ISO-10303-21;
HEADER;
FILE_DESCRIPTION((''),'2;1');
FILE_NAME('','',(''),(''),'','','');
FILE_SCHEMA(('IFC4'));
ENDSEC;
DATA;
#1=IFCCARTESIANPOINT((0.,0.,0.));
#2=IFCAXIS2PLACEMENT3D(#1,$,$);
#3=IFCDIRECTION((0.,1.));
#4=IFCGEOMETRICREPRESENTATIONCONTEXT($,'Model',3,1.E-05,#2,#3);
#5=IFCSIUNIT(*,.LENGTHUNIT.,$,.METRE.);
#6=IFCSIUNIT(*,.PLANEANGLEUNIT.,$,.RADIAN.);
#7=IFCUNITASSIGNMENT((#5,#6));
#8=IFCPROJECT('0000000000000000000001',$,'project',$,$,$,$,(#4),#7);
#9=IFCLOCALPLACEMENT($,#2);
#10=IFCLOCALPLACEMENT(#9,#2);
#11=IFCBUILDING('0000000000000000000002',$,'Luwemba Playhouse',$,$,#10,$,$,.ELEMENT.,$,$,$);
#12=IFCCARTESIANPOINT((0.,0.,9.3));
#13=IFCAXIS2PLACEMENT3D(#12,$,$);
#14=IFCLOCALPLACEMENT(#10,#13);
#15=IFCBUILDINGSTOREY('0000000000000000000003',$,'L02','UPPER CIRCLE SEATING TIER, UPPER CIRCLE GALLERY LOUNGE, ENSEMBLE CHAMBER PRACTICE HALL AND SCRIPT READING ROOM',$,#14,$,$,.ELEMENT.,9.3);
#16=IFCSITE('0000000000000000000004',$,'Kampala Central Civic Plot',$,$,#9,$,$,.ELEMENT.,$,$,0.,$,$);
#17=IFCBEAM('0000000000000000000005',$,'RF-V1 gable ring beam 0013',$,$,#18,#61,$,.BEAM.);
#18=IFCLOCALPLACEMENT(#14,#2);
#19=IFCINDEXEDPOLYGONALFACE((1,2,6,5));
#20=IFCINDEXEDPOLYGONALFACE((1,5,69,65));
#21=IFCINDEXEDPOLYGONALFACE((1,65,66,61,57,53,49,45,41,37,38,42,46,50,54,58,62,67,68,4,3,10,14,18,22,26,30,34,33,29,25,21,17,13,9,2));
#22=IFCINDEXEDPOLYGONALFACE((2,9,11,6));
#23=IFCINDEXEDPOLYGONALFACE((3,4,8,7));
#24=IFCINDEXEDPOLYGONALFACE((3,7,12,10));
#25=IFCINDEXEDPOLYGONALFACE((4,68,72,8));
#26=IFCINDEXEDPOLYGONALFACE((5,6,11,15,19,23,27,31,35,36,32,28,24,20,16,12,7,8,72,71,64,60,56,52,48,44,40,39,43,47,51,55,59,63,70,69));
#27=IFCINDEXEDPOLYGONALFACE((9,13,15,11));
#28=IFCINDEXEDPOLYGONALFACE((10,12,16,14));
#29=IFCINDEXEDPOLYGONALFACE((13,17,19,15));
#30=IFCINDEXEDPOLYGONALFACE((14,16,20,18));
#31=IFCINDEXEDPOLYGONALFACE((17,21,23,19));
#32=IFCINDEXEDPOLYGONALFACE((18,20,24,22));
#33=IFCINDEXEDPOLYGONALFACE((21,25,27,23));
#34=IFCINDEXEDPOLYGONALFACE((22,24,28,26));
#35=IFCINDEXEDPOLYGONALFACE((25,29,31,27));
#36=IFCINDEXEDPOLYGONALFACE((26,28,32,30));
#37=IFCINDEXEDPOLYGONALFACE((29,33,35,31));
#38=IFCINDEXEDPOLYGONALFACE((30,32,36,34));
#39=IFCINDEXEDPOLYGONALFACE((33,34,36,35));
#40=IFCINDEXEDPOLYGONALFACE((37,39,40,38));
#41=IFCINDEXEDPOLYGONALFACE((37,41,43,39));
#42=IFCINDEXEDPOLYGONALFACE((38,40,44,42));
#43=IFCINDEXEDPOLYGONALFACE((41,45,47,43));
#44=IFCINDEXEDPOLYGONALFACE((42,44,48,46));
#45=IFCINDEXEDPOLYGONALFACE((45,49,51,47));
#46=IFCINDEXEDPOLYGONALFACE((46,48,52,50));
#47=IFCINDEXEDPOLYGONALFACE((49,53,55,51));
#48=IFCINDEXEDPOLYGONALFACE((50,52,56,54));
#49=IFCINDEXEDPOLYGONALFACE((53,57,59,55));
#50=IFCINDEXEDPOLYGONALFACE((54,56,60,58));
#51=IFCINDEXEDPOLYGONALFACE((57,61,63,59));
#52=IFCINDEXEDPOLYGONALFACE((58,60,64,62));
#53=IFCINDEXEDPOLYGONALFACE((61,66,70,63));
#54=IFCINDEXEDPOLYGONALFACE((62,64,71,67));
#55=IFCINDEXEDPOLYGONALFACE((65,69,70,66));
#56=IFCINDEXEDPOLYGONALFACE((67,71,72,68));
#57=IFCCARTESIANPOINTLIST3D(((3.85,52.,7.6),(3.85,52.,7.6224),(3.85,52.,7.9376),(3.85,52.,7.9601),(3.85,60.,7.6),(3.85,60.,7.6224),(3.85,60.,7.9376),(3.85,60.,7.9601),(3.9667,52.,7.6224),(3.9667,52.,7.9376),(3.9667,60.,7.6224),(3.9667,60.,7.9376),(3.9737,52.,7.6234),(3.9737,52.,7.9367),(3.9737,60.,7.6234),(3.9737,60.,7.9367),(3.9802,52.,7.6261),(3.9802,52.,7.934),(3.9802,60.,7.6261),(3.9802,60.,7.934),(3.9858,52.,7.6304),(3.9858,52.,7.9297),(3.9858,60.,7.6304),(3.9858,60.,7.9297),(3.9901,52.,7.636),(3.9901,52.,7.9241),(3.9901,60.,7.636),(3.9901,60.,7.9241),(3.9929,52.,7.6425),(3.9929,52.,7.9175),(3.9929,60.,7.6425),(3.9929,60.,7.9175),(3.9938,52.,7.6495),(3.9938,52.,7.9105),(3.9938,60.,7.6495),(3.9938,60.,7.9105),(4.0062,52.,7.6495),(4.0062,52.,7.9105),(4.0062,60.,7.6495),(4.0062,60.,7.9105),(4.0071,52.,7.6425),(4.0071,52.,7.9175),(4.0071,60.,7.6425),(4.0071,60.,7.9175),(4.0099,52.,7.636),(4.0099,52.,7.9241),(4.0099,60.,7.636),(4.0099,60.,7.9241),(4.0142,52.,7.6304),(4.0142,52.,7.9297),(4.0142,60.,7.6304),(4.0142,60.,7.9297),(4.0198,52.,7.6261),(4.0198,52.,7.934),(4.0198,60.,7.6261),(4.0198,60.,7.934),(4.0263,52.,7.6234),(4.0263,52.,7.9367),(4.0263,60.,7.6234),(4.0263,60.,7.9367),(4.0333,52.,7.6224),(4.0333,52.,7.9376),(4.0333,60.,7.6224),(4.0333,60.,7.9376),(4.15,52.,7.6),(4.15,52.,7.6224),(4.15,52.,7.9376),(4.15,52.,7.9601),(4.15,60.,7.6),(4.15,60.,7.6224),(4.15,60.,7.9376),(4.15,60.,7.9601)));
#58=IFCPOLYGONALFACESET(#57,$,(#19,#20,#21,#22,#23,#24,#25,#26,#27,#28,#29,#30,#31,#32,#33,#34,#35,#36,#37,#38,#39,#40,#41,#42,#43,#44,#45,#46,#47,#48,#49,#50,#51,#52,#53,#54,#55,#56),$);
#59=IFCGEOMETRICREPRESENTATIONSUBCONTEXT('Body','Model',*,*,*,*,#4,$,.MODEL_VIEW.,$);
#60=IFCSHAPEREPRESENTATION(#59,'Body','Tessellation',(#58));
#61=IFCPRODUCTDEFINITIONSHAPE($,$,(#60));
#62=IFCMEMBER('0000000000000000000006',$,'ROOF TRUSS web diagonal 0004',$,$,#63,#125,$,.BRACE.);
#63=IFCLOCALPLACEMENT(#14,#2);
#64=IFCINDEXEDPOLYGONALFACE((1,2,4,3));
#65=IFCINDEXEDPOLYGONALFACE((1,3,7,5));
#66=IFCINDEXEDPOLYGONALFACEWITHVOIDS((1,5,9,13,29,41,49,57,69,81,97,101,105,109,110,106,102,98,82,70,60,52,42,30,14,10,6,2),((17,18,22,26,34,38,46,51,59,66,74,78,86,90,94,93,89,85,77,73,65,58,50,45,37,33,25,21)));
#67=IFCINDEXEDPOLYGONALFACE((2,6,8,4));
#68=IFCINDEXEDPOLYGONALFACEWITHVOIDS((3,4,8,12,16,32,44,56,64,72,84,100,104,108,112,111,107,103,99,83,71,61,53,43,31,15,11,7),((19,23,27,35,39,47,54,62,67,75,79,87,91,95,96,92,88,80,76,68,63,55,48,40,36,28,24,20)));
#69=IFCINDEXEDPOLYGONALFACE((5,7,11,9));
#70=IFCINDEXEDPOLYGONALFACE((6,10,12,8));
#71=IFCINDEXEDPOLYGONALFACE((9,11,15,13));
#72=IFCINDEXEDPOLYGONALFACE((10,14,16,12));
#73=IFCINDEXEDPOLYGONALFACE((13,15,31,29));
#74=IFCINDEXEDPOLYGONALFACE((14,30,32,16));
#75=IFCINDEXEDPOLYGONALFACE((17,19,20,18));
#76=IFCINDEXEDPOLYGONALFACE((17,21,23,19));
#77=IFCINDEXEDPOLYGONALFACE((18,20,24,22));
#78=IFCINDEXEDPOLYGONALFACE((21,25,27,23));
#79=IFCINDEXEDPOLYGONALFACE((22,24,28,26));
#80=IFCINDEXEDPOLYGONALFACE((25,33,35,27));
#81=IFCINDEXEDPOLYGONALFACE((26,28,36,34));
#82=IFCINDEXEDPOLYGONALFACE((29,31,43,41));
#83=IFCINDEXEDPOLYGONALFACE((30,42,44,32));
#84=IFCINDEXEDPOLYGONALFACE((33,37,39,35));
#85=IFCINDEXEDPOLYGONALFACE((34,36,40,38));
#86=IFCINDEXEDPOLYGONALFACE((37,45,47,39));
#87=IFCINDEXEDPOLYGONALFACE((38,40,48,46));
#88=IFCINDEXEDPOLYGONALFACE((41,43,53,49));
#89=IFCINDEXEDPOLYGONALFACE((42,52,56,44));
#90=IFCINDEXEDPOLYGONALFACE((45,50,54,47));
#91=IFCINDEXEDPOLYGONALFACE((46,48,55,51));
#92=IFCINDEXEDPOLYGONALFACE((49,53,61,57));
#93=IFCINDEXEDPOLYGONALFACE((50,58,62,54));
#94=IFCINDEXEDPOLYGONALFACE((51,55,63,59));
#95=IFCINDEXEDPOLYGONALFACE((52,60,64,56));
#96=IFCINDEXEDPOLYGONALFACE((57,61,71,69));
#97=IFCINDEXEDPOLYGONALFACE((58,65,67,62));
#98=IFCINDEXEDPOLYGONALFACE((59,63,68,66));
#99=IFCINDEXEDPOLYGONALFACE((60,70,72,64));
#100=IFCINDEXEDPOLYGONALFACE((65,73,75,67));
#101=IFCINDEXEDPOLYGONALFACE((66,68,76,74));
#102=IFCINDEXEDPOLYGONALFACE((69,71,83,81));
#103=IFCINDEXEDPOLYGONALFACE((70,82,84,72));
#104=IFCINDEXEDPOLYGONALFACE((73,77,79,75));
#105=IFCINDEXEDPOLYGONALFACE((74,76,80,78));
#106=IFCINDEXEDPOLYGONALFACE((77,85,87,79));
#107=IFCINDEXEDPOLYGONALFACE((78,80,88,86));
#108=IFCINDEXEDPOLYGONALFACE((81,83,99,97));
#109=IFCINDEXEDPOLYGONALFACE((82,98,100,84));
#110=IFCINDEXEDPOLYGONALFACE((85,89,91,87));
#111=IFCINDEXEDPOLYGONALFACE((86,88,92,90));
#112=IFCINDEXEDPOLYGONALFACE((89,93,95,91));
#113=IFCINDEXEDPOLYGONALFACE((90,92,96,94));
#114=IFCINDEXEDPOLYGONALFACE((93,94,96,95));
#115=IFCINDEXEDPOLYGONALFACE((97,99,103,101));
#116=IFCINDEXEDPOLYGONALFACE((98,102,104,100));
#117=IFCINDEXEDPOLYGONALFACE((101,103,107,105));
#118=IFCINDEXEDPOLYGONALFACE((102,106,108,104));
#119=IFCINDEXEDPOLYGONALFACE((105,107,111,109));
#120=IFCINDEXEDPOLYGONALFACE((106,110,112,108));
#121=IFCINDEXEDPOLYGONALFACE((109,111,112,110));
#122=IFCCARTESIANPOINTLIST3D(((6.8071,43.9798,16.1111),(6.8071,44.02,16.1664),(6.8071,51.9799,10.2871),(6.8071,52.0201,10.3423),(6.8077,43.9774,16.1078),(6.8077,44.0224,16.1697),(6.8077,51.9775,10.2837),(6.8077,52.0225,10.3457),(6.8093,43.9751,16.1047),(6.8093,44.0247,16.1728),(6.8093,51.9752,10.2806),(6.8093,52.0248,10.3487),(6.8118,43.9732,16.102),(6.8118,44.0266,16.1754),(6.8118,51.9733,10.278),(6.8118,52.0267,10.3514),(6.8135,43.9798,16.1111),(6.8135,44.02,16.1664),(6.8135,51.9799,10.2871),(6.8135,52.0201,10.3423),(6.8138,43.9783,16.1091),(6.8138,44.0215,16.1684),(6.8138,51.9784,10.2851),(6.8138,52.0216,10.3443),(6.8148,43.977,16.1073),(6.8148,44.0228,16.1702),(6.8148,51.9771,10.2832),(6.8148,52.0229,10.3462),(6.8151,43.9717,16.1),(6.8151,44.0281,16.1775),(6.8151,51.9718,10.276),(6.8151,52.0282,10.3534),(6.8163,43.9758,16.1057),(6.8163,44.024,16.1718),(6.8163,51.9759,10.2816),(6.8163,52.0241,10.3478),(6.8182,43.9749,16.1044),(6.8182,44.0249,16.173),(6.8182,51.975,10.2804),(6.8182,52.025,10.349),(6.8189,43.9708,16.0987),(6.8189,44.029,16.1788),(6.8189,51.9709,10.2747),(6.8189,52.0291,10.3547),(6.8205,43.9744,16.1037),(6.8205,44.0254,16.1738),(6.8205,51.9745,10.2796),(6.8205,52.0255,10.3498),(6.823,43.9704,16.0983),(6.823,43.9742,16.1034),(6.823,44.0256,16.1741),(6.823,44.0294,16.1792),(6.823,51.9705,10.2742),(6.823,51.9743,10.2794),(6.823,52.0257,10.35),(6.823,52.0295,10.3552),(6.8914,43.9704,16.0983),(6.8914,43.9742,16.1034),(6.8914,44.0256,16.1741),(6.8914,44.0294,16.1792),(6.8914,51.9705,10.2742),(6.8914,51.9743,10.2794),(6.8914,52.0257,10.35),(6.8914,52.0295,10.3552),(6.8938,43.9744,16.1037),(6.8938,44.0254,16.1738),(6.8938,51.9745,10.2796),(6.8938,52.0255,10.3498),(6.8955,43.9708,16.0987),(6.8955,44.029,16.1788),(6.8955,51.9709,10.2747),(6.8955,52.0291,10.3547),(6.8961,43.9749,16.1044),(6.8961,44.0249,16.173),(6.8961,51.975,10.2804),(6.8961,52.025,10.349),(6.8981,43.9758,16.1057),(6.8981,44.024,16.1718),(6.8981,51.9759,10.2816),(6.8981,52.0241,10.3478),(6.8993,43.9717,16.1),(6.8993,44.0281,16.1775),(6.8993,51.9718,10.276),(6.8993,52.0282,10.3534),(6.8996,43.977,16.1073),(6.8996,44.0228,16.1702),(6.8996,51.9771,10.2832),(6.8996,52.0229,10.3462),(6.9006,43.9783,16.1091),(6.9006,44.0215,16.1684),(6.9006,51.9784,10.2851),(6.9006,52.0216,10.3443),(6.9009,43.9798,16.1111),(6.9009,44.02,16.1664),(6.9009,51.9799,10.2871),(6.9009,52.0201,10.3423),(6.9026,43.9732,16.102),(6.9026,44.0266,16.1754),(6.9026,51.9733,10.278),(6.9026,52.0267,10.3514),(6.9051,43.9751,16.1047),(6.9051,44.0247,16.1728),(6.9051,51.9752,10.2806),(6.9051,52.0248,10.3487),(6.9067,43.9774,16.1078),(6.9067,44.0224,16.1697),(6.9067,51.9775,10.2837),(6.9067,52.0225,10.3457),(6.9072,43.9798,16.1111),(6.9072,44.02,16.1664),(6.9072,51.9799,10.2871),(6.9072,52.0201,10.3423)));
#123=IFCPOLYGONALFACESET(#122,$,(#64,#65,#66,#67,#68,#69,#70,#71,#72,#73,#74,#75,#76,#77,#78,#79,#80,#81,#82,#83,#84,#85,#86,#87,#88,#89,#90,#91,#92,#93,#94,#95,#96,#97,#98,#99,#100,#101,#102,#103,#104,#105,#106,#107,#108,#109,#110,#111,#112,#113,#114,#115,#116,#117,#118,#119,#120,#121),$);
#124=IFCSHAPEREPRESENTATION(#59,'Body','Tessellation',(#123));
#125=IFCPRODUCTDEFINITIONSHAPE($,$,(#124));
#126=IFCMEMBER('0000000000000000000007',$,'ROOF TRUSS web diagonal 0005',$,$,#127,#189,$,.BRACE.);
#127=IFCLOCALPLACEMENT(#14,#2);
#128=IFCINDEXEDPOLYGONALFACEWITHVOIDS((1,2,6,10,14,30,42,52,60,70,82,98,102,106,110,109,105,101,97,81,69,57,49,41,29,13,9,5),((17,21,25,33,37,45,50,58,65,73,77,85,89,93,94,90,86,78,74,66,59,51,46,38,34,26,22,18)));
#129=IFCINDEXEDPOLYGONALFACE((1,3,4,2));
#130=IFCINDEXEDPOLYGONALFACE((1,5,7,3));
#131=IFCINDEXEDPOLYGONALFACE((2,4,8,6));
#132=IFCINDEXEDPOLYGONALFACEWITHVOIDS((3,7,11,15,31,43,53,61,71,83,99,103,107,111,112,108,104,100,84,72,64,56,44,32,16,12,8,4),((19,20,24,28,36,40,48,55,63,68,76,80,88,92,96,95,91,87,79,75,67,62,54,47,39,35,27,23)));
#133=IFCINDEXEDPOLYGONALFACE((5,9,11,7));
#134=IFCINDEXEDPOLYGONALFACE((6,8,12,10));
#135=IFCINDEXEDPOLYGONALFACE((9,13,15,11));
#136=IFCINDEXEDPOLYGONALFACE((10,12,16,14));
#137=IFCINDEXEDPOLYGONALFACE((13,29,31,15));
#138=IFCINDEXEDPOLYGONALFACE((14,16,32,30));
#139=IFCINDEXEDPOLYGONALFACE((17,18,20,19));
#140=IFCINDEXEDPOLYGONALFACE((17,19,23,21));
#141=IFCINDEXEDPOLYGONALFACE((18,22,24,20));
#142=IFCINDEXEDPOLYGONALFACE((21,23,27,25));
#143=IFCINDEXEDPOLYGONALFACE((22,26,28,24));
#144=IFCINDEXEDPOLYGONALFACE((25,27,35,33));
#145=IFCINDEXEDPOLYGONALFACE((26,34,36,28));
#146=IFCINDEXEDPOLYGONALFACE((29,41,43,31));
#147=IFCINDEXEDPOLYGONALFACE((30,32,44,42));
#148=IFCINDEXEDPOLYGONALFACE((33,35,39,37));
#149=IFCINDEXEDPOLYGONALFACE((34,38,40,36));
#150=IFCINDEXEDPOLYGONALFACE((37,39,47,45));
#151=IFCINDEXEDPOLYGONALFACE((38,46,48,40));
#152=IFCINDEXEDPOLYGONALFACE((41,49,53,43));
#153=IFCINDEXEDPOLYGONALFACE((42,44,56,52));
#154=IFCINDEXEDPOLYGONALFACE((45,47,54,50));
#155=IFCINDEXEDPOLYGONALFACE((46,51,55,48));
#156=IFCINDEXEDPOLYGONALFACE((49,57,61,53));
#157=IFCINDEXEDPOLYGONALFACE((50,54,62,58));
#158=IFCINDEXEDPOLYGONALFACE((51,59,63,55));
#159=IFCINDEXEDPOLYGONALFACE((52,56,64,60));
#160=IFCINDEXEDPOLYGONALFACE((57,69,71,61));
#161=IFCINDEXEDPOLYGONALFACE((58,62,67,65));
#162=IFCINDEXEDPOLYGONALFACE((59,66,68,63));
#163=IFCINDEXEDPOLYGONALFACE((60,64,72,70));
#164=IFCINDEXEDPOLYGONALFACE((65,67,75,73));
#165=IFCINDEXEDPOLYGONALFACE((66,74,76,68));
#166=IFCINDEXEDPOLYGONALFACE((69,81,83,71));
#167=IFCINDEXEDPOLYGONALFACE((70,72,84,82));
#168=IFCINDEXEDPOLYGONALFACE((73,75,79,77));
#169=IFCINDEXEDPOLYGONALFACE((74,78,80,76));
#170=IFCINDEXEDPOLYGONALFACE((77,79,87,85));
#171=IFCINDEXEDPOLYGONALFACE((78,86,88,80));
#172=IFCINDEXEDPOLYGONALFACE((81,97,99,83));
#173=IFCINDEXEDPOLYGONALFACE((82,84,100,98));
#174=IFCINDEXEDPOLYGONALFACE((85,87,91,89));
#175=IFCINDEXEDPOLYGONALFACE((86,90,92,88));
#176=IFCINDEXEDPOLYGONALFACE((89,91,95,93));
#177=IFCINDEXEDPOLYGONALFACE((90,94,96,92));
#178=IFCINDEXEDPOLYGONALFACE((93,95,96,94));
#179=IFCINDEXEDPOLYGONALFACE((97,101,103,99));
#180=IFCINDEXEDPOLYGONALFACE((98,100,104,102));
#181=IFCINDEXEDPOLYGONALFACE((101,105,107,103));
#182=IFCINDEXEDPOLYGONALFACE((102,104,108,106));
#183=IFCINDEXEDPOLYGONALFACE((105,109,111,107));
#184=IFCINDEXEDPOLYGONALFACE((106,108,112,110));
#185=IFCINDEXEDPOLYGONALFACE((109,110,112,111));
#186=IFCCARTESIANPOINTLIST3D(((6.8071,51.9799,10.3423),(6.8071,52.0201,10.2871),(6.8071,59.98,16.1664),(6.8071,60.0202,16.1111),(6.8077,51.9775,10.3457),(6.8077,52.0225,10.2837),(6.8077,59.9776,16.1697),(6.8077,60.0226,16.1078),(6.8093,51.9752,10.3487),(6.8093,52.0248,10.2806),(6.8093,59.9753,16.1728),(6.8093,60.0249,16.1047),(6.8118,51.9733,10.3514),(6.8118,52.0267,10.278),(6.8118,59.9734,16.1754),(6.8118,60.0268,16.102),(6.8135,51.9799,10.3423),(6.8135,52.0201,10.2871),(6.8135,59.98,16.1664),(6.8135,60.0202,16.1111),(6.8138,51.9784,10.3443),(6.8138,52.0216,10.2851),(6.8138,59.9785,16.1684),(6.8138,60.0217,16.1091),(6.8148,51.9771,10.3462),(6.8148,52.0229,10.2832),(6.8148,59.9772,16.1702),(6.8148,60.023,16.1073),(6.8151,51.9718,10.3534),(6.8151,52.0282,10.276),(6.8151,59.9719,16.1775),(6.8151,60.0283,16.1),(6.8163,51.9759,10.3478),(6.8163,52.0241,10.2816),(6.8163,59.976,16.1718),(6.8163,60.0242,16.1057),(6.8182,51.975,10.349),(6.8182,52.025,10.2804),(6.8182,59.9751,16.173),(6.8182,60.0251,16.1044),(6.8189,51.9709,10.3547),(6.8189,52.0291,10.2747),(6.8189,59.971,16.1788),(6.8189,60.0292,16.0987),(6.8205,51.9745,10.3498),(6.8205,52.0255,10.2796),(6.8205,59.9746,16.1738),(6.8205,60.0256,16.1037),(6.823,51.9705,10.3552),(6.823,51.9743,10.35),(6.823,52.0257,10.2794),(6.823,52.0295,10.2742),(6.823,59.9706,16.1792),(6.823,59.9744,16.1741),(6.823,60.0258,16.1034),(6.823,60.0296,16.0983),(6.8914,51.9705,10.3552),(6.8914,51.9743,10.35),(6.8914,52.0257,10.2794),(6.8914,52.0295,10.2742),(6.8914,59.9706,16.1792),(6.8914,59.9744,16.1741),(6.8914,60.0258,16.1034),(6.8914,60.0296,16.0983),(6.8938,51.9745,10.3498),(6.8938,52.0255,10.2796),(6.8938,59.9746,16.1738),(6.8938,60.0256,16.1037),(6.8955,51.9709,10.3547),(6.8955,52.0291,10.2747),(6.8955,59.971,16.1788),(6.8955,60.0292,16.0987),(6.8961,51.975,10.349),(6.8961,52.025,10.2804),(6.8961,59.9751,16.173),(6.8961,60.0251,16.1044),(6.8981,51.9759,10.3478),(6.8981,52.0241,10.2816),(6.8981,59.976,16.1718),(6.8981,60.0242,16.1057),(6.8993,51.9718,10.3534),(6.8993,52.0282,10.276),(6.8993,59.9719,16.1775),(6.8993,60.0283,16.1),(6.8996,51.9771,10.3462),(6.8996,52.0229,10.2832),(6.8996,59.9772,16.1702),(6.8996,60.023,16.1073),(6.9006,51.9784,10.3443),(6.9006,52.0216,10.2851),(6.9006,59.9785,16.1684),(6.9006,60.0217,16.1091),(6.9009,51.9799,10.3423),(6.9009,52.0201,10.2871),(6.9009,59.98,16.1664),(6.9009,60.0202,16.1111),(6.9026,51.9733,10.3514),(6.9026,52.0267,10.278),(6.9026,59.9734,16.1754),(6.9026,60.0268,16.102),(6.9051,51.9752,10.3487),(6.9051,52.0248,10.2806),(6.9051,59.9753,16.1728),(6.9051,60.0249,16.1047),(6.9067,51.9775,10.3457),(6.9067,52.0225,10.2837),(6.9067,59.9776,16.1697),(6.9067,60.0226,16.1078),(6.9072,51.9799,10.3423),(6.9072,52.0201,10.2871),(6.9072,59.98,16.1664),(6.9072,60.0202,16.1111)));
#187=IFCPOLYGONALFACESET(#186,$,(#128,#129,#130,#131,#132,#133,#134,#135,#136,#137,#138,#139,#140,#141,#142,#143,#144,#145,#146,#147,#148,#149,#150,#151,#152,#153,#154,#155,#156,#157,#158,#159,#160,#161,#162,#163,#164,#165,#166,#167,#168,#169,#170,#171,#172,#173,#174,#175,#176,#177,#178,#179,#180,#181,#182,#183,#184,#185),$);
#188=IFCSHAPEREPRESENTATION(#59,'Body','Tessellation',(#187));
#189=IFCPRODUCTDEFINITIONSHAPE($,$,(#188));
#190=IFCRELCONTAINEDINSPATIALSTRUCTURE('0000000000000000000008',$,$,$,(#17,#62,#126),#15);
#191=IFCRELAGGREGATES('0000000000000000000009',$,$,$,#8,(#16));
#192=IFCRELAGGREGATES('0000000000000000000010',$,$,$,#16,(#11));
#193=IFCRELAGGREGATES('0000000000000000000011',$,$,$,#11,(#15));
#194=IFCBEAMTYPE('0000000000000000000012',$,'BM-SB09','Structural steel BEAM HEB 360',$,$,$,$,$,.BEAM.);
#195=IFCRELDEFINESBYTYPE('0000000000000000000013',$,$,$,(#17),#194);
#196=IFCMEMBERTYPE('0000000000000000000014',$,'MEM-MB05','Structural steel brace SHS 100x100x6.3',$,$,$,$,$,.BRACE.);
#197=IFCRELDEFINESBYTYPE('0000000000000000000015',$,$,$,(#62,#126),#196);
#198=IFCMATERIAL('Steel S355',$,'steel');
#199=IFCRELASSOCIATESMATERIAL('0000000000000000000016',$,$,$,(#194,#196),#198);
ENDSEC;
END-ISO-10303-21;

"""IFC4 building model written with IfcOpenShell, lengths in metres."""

from ifc_helpers import new_model, si_unit, direction, frame, origin, origin_2d, place, context, subcontext, project, spatial, hollow_rectangle, i_section, extrude, material, material_profile, profile_set, type_object, element, save


model = new_model("IFC4")

# Units and contexts
model_context = context("Model", 3, precision=1e-05, world=origin(), true_north=direction((0.0, 1.0)))
body_context = subcontext(model_context, "Body", "Model", "MODEL_VIEW")
ifc_project = project(units=[si_unit("LENGTHUNIT", "METRE"), si_unit("PLANEANGLEUNIT", "RADIAN")], contexts=[model_context])

# Site, building, storey
site_placement = place(None, origin())
site = spatial("IfcSite", under=ifc_project, at=site_placement, Name="Kampala Central Civic Plot", CompositionType="ELEMENT", RefElevation=0.0)
building_placement = place(site_placement, origin())
building = spatial("IfcBuilding", under=site, at=building_placement, Name="Luwemba Playhouse", CompositionType="ELEMENT")
storey_placement = place(building_placement, frame((0.0, 0.0, 9.3)))
storey = spatial("IfcBuildingStorey", under=building, at=storey_placement, Name="L02", Description="UPPER CIRCLE SEATING TIER, UPPER CIRCLE GALLERY LOUNGE, ENSEMBLE CHAMBER PRACTICE HALL AND SCRIPT READING ROOM", CompositionType="ELEMENT", Elevation=9.3)

# Shared definitions
ifc_material_1 = material(Name="Steel S355", Category="steel")

# Beam
ifc_material_profile_1 = material_profile(ifc_material_1, i_section(OverallWidth=0.3, OverallDepth=0.3601, WebThickness=0.0125, FlangeThickness=0.0225, FilletRadius=0.0271, at=origin_2d()))
ifc_profile_set_1 = profile_set([ifc_material_profile_1], Name="Steel S355")
beam_type_1 = type_object("IfcBeamType", Name="BM-SB09", Description="Structural steel BEAM HEB 360", PredefinedType="BEAM", material=ifc_profile_set_1)
for number, where, z_axis, x_axis, name in (
    (1, (4.0, 52.0, 7.78), (0.0, 1.0, 0.0), (-1.0, 0.0, 0.0), "RF-V1 gable ring beam 0013"),
):
    element("IfcBeam", number, at=place(storey_placement, frame(where, z_axis=z_axis, x_axis=x_axis)), inside=storey, type_object=beam_type_1, Name=name, PredefinedType="BEAM", context=body_context, shape_type="SweptSolid", body=[
        extrude(i_section(OverallWidth=0.3, OverallDepth=0.3601, WebThickness=0.0125, FlangeThickness=0.0225, FilletRadius=0.0271, at=origin_2d()), origin(), (0.0, 0.0, 1.0), 8.0),
    ])

# Members
ifc_material_profile_2 = material_profile(ifc_material_1, hollow_rectangle(XDim=0.1001, YDim=0.1001, WallThickness=0.0063, InnerFilletRadius=0.0095, OuterFilletRadius=0.0159, at=origin_2d()))
ifc_profile_set_2 = profile_set([ifc_material_profile_2], Name="Steel S355")
member_type_1 = type_object("IfcMemberType", Name="MEM-MB05", Description="Structural steel brace SHS 100x100x6.3", PredefinedType="BRACE", material=ifc_profile_set_2)
for number, where, z_axis, x_axis, name in (
    (2, (6.8572, 52.0, 10.3147), (0.0, -0.808458, 0.588555), (1.0, 0.0, 0.0), "ROOF TRUSS web diagonal 0004"),
    (3, (6.8572, 52.0, 10.3147), (0.0, 0.808458, 0.588555), (-1.0, 0.0, 0.0), "ROOF TRUSS web diagonal 0005"),
):
    element("IfcMember", number, at=place(storey_placement, frame(where, z_axis=z_axis, x_axis=x_axis)), inside=storey, type_object=member_type_1, Name=name, PredefinedType="BRACE", context=body_context, shape_type="SweptSolid", body=[
        extrude(hollow_rectangle(XDim=0.1001, YDim=0.1001, WallThickness=0.0063, InnerFilletRadius=0.0095, OuterFilletRadius=0.0159, at=origin_2d()), origin(), (0.0, 0.0, 1.0), 9.8955),
    ])

save(model, "model.ifc")
